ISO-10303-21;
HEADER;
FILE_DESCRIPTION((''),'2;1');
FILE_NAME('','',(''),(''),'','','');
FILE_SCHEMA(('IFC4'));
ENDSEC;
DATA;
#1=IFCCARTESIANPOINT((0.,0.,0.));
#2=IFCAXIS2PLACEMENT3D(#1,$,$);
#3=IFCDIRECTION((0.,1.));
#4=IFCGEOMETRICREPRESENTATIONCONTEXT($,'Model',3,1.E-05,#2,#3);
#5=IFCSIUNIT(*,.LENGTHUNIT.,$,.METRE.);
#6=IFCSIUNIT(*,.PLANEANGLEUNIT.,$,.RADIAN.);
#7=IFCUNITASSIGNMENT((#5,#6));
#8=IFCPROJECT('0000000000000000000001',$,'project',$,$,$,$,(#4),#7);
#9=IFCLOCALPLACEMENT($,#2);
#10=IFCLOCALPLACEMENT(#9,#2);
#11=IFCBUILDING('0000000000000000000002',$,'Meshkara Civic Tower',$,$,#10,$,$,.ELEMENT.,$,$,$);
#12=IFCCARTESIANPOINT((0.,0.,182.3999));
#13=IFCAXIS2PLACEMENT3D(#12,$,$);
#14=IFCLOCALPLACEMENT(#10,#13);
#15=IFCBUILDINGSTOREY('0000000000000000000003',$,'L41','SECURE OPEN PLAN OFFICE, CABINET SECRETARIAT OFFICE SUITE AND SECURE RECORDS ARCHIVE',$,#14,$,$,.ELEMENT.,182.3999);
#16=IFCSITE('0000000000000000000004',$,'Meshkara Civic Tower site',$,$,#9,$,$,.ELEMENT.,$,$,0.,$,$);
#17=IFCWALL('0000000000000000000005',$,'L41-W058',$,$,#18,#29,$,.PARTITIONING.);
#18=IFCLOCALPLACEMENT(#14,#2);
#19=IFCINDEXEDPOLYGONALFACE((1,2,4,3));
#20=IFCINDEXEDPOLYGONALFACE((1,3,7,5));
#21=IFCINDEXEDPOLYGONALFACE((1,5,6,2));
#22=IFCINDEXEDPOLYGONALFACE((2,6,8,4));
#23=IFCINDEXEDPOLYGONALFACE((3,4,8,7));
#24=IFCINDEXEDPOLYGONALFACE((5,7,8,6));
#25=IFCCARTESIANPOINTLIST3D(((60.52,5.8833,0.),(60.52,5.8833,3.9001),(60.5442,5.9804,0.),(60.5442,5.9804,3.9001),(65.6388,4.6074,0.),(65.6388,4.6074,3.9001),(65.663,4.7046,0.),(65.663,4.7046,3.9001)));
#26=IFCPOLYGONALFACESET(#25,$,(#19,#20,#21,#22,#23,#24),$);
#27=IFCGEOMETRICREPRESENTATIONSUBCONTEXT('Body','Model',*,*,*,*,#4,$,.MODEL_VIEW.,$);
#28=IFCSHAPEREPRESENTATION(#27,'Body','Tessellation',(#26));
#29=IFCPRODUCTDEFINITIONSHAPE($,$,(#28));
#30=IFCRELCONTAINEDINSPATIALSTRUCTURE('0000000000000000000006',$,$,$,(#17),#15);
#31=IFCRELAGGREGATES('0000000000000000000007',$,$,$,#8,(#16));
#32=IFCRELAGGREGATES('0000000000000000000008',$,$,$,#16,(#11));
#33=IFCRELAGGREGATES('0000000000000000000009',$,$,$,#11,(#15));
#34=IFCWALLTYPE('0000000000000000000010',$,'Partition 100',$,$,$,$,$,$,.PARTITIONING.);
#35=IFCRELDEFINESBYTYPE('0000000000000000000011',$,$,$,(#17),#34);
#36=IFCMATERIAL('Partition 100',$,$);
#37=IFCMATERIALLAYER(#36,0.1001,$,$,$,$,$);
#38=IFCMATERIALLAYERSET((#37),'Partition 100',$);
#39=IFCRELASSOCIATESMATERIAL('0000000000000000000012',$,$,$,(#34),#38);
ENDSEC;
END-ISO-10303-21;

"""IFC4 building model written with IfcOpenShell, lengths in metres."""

from ifc_helpers import new_model, si_unit, direction, frame, frame_2d, origin, place, context, subcontext, project, spatial, rectangle, extrude, material, layer, layer_set, type_object, element, save


model = new_model("IFC4")

# Units and contexts
model_context = context("Model", 3, precision=1e-05, world=origin(), true_north=direction((0.0, 1.0)))
body_context = subcontext(model_context, "Body", "Model", "MODEL_VIEW")
ifc_project = project(units=[si_unit("LENGTHUNIT", "METRE"), si_unit("PLANEANGLEUNIT", "RADIAN")], contexts=[model_context])

# Site, building, storey
site_placement = place(None, origin())
site = spatial("IfcSite", under=ifc_project, at=site_placement, Name="Meshkara Civic Tower site", CompositionType="ELEMENT", RefElevation=0.0)
building_placement = place(site_placement, origin())
building = spatial("IfcBuilding", under=site, at=building_placement, Name="Meshkara Civic Tower", CompositionType="ELEMENT")
storey_placement = place(building_placement, frame((0.0, 0.0, 182.3999)))
storey = spatial("IfcBuildingStorey", under=building, at=storey_placement, Name="L41", Description="SECURE OPEN PLAN OFFICE, CABINET SECRETARIAT OFFICE SUITE AND SECURE RECORDS ARCHIVE", CompositionType="ELEMENT", Elevation=182.3999)

# Wall
ifc_material_1 = material(Name="Partition 100")
ifc_layer_1 = layer(ifc_material_1, 0.1001)
ifc_layer_set_1 = layer_set([ifc_layer_1], Name="Partition 100")
wall_type_1 = type_object("IfcWallType", Name="Partition 100", PredefinedType="PARTITIONING", material=ifc_layer_set_1)
wall_1_placement = place(storey_placement, frame((65.6509, 4.656, 0.0), z_axis=(0.0, 0.0, 1.0), x_axis=(-0.970314, 0.24185, 0.0)))
element("IfcWall", 1, at=wall_1_placement, inside=storey, type_object=wall_type_1, Name="L41-W058", PredefinedType="PARTITIONING", context=body_context, shape_type="SweptSolid", body=[
    extrude(rectangle(XDim=5.2754, YDim=0.1001, at=frame_2d((2.6377, 0.0))), origin(), (0.0, 0.0, 1.0), 3.9001),
])

save(model, "model.ifc")
